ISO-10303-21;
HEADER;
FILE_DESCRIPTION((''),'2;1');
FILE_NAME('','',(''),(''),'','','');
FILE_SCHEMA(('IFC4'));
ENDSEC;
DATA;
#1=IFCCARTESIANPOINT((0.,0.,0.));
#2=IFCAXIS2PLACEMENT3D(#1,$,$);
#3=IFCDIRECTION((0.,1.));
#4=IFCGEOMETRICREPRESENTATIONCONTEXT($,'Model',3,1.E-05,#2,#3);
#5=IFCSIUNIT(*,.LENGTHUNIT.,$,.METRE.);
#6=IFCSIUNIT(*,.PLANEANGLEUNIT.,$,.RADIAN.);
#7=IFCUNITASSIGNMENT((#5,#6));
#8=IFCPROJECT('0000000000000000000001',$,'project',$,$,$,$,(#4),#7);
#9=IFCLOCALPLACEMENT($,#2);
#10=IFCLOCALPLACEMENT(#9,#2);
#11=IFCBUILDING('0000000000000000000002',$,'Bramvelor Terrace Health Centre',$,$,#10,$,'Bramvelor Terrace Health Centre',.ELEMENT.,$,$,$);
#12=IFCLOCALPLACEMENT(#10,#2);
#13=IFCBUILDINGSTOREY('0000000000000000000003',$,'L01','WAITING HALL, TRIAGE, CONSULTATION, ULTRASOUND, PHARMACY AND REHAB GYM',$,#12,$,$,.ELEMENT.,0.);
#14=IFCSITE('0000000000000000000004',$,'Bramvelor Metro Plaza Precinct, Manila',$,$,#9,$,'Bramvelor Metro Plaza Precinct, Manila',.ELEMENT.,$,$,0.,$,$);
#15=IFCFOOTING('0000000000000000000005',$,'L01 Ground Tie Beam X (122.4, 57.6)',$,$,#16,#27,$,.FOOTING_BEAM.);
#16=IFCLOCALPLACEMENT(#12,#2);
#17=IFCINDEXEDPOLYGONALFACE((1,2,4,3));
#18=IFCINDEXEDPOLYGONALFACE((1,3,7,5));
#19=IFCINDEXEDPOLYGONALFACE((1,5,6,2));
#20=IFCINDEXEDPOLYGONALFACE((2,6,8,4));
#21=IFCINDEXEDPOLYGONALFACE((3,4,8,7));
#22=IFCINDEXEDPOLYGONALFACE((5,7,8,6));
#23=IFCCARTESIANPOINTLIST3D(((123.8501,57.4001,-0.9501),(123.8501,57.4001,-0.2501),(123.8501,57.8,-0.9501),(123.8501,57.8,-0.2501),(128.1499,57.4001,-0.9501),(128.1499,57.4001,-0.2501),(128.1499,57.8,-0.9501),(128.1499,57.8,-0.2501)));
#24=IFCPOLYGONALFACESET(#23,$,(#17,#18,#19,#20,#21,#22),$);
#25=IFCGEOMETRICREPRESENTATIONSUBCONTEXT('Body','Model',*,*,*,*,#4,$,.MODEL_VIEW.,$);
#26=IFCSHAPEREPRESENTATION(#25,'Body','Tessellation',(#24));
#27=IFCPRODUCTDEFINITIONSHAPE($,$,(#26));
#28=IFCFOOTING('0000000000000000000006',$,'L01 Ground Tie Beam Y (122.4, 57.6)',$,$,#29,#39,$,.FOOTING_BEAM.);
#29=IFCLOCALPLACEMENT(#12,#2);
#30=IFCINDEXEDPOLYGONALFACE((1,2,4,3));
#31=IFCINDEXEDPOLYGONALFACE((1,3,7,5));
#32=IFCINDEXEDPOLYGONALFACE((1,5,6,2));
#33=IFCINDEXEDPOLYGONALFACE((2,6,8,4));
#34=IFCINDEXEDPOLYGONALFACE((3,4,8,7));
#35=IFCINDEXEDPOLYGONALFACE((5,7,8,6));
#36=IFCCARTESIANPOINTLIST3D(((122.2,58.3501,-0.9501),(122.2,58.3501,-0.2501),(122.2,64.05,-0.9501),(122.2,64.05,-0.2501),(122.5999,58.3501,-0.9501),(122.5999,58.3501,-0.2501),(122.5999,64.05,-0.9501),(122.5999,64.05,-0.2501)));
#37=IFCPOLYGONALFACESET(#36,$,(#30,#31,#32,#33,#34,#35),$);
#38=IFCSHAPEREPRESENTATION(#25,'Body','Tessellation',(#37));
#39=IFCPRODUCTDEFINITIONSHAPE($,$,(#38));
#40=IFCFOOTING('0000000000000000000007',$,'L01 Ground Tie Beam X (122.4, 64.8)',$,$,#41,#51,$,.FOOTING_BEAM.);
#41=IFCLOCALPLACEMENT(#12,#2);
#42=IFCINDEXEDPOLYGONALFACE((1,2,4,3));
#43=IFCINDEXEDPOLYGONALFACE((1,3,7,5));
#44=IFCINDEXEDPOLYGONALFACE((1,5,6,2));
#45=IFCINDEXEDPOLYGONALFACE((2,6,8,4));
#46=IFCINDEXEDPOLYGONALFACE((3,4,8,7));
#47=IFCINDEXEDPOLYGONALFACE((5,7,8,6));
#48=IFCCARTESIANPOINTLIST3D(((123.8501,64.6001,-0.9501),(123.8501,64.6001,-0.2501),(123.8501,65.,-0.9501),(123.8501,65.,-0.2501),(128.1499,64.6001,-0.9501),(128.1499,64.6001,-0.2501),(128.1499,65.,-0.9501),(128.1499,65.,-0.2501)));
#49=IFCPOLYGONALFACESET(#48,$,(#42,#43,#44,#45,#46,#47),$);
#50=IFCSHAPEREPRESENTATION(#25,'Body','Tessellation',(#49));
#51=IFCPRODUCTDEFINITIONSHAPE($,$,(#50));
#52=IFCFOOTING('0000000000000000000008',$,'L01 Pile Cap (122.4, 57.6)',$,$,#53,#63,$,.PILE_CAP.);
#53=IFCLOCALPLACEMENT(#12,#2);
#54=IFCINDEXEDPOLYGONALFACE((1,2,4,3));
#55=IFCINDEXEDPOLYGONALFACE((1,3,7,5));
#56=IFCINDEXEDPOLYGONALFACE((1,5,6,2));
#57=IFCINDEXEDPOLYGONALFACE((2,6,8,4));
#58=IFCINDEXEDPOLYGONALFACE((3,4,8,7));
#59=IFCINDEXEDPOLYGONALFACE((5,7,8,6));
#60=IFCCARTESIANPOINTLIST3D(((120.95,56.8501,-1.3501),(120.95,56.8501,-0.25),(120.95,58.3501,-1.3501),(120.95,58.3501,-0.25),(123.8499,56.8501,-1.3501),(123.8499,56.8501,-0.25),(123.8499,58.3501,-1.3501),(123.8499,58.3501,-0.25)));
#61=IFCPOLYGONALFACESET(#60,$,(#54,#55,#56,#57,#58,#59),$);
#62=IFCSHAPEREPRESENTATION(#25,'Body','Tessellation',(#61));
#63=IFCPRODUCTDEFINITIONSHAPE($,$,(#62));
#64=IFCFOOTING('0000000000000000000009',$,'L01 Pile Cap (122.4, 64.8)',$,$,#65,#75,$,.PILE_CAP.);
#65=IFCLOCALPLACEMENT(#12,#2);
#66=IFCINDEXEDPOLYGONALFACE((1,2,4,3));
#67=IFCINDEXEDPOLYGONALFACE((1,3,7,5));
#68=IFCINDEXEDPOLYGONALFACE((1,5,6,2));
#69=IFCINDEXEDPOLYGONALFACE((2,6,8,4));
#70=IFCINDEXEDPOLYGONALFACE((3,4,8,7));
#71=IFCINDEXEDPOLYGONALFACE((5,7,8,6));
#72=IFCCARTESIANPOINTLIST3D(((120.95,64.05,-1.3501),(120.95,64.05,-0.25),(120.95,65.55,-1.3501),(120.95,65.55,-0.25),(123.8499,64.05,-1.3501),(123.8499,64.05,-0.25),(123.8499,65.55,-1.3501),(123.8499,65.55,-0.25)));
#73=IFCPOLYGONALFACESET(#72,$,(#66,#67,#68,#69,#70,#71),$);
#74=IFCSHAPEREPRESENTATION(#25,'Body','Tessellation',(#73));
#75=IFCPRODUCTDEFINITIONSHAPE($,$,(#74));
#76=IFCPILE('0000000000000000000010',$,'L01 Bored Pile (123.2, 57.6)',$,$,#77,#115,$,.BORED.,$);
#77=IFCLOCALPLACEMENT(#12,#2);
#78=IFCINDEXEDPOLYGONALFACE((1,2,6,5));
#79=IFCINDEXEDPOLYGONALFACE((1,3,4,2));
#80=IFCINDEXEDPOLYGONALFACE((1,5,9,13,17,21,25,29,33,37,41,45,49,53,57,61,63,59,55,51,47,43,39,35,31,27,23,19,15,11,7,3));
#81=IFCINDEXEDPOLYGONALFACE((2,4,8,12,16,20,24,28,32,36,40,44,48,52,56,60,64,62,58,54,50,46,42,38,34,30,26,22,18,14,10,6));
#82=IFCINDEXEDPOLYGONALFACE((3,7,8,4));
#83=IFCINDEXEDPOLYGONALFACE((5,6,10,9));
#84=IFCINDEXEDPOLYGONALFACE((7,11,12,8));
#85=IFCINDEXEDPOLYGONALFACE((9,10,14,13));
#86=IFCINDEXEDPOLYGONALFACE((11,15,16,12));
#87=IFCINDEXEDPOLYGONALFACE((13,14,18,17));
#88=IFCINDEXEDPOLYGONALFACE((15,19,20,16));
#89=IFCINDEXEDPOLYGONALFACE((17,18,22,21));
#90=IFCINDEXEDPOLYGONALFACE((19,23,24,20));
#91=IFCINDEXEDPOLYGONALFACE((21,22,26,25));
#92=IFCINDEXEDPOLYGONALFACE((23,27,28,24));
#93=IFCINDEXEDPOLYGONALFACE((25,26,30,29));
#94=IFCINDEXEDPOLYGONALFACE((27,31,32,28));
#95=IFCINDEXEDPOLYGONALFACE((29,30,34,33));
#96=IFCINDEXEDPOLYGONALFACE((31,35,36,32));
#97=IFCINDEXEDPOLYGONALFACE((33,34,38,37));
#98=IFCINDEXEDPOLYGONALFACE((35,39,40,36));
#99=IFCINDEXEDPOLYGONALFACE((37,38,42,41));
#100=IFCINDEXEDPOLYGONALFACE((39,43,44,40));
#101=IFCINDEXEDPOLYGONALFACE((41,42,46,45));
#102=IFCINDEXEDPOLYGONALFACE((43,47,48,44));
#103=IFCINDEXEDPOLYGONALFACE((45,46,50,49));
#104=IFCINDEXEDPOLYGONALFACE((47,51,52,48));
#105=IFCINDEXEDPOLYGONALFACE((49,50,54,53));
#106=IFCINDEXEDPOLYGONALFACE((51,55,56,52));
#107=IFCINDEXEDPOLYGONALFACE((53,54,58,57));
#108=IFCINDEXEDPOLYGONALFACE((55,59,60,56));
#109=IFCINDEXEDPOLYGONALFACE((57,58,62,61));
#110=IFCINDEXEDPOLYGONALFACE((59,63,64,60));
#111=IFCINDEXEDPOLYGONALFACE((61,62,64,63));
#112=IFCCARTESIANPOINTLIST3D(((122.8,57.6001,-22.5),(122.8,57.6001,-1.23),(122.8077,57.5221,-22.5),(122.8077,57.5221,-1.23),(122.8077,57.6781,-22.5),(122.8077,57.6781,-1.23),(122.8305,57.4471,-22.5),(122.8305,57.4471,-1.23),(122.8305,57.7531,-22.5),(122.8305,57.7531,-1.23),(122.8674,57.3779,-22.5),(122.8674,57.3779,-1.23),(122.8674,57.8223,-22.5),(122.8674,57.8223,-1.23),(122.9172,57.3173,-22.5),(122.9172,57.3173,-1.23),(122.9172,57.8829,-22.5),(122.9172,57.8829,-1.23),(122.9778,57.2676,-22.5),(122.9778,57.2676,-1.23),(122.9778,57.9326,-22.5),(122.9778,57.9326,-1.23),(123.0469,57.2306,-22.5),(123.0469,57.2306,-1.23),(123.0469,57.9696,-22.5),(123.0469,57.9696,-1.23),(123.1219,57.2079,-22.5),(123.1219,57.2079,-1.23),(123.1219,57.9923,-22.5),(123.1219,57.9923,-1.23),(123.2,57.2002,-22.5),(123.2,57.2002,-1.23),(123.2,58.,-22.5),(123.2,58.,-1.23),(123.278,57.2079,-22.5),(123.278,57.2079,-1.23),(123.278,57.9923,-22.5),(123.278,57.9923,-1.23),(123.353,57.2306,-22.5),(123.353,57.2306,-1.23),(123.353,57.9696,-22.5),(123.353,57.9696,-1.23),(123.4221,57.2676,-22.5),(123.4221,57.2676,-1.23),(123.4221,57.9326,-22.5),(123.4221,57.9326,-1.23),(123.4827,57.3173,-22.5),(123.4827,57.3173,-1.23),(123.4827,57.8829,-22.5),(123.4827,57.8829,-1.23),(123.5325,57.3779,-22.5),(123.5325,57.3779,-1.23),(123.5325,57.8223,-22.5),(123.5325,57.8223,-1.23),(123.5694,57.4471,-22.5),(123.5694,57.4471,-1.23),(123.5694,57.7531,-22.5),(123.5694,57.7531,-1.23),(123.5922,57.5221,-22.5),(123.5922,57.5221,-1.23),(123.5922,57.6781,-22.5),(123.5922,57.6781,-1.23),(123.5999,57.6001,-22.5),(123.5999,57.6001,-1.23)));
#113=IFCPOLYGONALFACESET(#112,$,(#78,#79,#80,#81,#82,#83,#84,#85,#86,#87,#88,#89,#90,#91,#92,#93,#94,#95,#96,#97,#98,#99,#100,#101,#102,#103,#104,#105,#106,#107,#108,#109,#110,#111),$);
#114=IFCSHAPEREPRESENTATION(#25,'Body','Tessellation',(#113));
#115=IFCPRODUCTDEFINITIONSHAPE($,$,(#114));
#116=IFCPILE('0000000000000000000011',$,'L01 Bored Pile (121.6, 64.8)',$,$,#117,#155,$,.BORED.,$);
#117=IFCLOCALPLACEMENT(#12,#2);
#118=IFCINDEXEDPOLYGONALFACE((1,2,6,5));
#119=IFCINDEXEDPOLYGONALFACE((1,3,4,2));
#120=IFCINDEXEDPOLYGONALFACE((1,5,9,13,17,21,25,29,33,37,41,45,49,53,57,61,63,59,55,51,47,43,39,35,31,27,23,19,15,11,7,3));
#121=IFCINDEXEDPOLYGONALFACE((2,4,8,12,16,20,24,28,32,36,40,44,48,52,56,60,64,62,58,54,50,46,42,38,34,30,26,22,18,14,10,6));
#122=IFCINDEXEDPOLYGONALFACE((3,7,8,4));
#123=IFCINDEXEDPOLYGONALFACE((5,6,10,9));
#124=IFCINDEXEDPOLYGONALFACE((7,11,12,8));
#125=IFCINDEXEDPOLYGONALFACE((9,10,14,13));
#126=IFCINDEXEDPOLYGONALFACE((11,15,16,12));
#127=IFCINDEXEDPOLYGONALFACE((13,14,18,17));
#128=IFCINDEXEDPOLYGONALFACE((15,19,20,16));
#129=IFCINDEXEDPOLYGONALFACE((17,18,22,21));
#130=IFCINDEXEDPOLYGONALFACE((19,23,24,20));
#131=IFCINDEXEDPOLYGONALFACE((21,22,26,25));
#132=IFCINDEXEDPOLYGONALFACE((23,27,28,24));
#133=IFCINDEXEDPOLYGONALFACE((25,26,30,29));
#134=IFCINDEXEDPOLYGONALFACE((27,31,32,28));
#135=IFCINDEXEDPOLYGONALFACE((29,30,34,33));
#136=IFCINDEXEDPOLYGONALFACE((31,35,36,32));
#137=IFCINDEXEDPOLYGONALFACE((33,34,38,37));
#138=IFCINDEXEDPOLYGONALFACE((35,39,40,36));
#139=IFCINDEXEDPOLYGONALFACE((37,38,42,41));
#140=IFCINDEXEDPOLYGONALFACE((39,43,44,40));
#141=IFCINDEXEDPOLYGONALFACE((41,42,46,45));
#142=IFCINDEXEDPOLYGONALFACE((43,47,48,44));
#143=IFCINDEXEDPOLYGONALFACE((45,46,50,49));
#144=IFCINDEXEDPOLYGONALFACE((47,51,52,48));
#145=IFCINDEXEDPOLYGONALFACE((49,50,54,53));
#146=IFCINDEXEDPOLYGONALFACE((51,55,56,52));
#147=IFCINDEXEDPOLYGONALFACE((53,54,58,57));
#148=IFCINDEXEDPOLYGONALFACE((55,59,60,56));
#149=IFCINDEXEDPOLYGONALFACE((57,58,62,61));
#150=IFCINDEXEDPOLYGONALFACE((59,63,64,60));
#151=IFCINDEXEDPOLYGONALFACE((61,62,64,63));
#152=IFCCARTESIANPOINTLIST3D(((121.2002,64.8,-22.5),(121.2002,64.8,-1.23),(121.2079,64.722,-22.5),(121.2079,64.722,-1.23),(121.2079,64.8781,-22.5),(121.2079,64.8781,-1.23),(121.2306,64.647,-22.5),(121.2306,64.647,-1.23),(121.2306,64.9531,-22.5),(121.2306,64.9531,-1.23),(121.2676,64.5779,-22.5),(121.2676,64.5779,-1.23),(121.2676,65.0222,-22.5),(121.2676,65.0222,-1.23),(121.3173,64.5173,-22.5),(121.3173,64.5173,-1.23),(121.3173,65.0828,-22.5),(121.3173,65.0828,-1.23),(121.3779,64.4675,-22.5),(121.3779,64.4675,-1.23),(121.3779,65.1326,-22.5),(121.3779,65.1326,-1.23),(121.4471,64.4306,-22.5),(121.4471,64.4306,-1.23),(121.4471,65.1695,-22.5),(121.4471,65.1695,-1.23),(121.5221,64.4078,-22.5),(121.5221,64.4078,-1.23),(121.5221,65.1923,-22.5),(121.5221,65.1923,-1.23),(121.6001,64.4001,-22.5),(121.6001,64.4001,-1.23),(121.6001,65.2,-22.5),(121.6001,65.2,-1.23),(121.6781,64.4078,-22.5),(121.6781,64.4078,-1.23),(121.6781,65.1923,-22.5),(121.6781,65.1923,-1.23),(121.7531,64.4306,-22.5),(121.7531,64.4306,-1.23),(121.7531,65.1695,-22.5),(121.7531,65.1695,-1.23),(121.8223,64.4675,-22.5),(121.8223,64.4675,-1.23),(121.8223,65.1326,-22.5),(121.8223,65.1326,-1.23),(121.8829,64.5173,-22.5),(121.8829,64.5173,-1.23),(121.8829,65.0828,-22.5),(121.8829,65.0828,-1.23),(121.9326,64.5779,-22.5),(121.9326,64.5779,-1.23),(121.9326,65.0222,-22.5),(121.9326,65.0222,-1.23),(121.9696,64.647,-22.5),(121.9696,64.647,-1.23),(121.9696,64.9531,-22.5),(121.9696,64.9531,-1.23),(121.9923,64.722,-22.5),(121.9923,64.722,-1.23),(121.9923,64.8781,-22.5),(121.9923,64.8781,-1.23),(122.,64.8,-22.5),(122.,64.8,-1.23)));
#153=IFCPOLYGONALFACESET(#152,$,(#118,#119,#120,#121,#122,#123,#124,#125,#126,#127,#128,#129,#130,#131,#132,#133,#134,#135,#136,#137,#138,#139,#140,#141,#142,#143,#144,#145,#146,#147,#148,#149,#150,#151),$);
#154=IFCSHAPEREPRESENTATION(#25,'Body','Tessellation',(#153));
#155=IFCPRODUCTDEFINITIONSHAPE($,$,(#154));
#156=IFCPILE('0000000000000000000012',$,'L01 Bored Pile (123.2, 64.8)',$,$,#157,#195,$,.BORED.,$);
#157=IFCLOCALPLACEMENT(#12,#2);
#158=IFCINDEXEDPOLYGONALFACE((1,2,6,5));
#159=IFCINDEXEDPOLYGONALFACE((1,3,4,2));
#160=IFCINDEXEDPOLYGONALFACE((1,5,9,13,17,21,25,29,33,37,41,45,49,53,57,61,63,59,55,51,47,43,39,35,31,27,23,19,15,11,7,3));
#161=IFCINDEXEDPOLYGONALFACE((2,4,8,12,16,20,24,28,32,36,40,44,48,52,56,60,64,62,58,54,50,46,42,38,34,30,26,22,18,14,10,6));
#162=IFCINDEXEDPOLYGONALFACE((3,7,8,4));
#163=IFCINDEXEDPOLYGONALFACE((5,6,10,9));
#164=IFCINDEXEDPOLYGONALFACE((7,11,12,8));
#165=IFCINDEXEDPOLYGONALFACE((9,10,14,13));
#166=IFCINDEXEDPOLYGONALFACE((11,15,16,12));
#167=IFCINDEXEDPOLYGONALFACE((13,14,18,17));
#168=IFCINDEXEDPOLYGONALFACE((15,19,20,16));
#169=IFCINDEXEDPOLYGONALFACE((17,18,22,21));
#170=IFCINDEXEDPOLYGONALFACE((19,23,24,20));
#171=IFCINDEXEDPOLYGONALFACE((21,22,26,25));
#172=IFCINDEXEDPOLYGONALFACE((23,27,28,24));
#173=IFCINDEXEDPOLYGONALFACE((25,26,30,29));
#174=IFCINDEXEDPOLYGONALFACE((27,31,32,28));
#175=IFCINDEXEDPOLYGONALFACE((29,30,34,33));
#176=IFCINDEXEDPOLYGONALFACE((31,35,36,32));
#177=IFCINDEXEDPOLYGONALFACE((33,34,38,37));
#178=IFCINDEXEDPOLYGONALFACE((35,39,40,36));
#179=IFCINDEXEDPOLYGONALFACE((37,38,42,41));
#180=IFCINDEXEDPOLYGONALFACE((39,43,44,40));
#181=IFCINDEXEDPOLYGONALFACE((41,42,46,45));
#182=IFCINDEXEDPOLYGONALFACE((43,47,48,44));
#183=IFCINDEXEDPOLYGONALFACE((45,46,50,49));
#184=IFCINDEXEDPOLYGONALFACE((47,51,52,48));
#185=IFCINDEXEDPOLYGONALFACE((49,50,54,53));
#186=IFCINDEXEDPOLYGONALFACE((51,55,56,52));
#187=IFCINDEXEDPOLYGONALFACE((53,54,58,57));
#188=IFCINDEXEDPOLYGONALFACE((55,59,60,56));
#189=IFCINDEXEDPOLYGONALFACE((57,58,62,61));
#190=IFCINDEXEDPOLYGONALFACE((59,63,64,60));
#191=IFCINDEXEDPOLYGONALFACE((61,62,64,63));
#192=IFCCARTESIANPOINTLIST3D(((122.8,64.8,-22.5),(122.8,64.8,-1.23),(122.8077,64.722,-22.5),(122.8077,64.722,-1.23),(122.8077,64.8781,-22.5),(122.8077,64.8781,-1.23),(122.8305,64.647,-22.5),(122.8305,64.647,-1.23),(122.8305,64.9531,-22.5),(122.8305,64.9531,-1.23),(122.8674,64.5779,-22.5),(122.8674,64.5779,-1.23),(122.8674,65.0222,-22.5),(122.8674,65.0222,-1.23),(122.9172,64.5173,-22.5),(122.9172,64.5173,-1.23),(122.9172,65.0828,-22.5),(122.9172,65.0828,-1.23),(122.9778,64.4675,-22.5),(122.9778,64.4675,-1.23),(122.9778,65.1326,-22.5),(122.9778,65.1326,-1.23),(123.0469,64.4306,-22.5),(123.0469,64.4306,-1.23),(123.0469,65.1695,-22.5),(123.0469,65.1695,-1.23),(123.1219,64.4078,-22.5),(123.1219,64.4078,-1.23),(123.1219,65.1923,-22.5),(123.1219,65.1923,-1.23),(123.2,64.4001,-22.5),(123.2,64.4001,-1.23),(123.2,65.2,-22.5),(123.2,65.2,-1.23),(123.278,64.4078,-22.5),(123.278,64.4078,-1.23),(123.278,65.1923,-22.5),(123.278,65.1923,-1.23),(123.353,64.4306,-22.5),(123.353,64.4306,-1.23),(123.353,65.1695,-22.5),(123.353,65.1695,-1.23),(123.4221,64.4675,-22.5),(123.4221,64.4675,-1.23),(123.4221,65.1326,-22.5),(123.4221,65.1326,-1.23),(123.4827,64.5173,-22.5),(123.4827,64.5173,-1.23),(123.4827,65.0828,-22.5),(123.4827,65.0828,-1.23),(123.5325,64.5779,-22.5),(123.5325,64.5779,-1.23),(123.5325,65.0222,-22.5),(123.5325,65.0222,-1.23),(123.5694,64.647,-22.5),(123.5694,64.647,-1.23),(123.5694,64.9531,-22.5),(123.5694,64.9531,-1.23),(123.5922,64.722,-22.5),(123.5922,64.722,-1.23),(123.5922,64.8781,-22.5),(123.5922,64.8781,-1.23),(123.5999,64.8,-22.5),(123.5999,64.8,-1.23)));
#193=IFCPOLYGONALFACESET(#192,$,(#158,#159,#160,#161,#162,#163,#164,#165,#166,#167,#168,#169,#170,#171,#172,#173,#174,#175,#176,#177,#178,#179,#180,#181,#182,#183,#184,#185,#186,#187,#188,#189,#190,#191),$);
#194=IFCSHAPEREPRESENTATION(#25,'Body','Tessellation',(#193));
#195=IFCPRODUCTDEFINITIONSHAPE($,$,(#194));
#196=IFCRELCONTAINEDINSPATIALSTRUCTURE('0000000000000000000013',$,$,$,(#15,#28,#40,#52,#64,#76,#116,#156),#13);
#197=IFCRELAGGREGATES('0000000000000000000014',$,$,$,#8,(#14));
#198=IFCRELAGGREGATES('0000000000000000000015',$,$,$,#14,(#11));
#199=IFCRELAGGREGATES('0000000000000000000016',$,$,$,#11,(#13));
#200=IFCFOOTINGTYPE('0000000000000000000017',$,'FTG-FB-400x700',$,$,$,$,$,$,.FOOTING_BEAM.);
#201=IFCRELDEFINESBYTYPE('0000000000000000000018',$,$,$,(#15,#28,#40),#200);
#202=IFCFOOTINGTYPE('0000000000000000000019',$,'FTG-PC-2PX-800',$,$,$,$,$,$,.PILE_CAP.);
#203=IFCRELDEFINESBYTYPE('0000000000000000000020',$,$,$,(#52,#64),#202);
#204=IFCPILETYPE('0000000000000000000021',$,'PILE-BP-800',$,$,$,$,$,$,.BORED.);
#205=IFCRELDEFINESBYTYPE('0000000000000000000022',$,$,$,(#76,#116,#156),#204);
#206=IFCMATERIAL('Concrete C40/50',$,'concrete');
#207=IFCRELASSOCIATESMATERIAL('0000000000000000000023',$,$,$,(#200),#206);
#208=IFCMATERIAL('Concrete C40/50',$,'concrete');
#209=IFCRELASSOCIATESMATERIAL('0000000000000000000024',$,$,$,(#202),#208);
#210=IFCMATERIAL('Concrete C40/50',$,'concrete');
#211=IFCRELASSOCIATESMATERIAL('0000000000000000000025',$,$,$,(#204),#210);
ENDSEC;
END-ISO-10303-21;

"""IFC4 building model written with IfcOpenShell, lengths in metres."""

from ifc_helpers import new_model, si_unit, direction, frame, origin, origin_2d, place, context, subcontext, project, spatial, rectangle, circle, extrude, material, material_profile, profile_set, type_object, element, save


model = new_model("IFC4")

# Units and contexts
model_context = context("Model", 3, precision=1e-05, world=origin(), true_north=direction((0.0, 1.0)))
body_context = subcontext(model_context, "Body", "Model", "MODEL_VIEW")
ifc_project = project(units=[si_unit("LENGTHUNIT", "METRE"), si_unit("PLANEANGLEUNIT", "RADIAN")], contexts=[model_context])

# Site, building, storey
site_placement = place(None, origin())
site = spatial("IfcSite", under=ifc_project, at=site_placement, Name="Bramvelor Metro Plaza Precinct, Manila", LongName="Bramvelor Metro Plaza Precinct, Manila", CompositionType="ELEMENT", RefElevation=0.0)
building_placement = place(site_placement, origin())
building = spatial("IfcBuilding", under=site, at=building_placement, Name="Bramvelor Terrace Health Centre", LongName="Bramvelor Terrace Health Centre", CompositionType="ELEMENT")
storey_placement = place(building_placement, origin())
storey = spatial("IfcBuildingStorey", under=building, at=storey_placement, Name="L01", Description="WAITING HALL, TRIAGE, CONSULTATION, ULTRASOUND, PHARMACY AND REHAB GYM", CompositionType="ELEMENT", Elevation=0.0)

# Footings
ifc_material_1 = material(Name="Concrete C40/50", Category="concrete")
ifc_material_profile_1 = material_profile(ifc_material_1, rectangle(XDim=0.3999, YDim=0.7, at=origin_2d()), Name="RC 400x700")
ifc_profile_set_1 = profile_set([ifc_material_profile_1], Name="Concrete C40/50")
footing_type_1 = type_object("IfcFootingType", Name="FTG-FB-400x700", PredefinedType="FOOTING_BEAM", material=ifc_profile_set_1)
footing_1_placement = place(storey_placement, frame((123.8501, 57.6001, -0.6001), z_axis=(1.0, 0.0, 0.0), x_axis=(0.0, 1.0, 0.0)))
element("IfcFooting", 1, at=footing_1_placement, inside=storey, type_object=footing_type_1, Name="L01 Ground Tie Beam X (122.4, 57.6)", PredefinedType="FOOTING_BEAM", context=body_context, shape_type="SweptSolid", body=[
    extrude(rectangle(XDim=0.3999, YDim=0.7, at=origin_2d()), origin(), (0.0, 0.0, 1.0), 4.2998),
])
footing_2_placement = place(storey_placement, frame((122.3999, 58.3501, -0.6001), z_axis=(0.0, 1.0, 0.0), x_axis=(-1.0, 0.0, 0.0)))
element("IfcFooting", 2, at=footing_2_placement, inside=storey, type_object=footing_type_1, Name="L01 Ground Tie Beam Y (122.4, 57.6)", PredefinedType="FOOTING_BEAM", context=body_context, shape_type="SweptSolid", body=[
    extrude(rectangle(XDim=0.3999, YDim=0.7, at=origin_2d()), origin(), (0.0, 0.0, 1.0), 5.7),
])
footing_3_placement = place(storey_placement, frame((123.8501, 64.8, -0.6001), z_axis=(1.0, 0.0, 0.0), x_axis=(0.0, 1.0, 0.0)))
element("IfcFooting", 3, at=footing_3_placement, inside=storey, type_object=footing_type_1, Name="L01 Ground Tie Beam X (122.4, 64.8)", PredefinedType="FOOTING_BEAM", context=body_context, shape_type="SweptSolid", body=[
    extrude(rectangle(XDim=0.3999, YDim=0.7, at=origin_2d()), origin(), (0.0, 0.0, 1.0), 4.2998),
])
ifc_material_2 = material(Name="Concrete C40/50", Category="concrete")
footing_type_2 = type_object("IfcFootingType", Name="FTG-PC-2PX-800", PredefinedType="PILE_CAP", material=ifc_material_2)
for number, where, z_axis, x_axis, name in (
    (4, (122.3999, 57.6001, -1.3501), (0.0, 0.0, 1.0), (1.0, 0.0, 0.0), "L01 Pile Cap (122.4, 57.6)"),
    (5, (122.3999, 64.8, -1.3501), (0.0, 0.0, 1.0), (1.0, 0.0, 0.0), "L01 Pile Cap (122.4, 64.8)"),
):
    element("IfcFooting", number, at=place(storey_placement, frame(where, z_axis=z_axis, x_axis=x_axis)), inside=storey, type_object=footing_type_2, Name=name, PredefinedType="PILE_CAP", context=body_context, shape_type="SweptSolid", body=[
        extrude(rectangle(XDim=2.8999, YDim=1.5, at=origin_2d()), origin(), (0.0, 0.0, 1.0), 1.1001),
    ])

# Piles
ifc_material_3 = material(Name="Concrete C40/50", Category="concrete")
ifc_material_profile_2 = material_profile(ifc_material_3, circle(Radius=0.3999, at=origin_2d()), Name="BP D800")
ifc_profile_set_2 = profile_set([ifc_material_profile_2], Name="Concrete C40/50")
pile_type = type_object("IfcPileType", Name="PILE-BP-800", PredefinedType="BORED", material=ifc_profile_set_2)
for number, where, z_axis, x_axis, name in (
    (6, (123.2, 57.6001, -1.23), (0.0, 0.0, -1.0), (1.0, 0.0, 0.0), "L01 Bored Pile (123.2, 57.6)"),
    (7, (121.6001, 64.8, -1.23), (0.0, 0.0, -1.0), (1.0, 0.0, 0.0), "L01 Bored Pile (121.6, 64.8)"),
    (8, (123.2, 64.8, -1.23), (0.0, 0.0, -1.0), (1.0, 0.0, 0.0), "L01 Bored Pile (123.2, 64.8)"),
):
    element("IfcPile", number, at=place(storey_placement, frame(where, z_axis=z_axis, x_axis=x_axis)), inside=storey, type_object=pile_type, Name=name, PredefinedType="BORED", context=body_context, shape_type="SweptSolid", body=[
        extrude(circle(Radius=0.3999, at=origin_2d()), origin(), (0.0, 0.0, 1.0), 21.27),
    ])

save(model, "model.ifc")
